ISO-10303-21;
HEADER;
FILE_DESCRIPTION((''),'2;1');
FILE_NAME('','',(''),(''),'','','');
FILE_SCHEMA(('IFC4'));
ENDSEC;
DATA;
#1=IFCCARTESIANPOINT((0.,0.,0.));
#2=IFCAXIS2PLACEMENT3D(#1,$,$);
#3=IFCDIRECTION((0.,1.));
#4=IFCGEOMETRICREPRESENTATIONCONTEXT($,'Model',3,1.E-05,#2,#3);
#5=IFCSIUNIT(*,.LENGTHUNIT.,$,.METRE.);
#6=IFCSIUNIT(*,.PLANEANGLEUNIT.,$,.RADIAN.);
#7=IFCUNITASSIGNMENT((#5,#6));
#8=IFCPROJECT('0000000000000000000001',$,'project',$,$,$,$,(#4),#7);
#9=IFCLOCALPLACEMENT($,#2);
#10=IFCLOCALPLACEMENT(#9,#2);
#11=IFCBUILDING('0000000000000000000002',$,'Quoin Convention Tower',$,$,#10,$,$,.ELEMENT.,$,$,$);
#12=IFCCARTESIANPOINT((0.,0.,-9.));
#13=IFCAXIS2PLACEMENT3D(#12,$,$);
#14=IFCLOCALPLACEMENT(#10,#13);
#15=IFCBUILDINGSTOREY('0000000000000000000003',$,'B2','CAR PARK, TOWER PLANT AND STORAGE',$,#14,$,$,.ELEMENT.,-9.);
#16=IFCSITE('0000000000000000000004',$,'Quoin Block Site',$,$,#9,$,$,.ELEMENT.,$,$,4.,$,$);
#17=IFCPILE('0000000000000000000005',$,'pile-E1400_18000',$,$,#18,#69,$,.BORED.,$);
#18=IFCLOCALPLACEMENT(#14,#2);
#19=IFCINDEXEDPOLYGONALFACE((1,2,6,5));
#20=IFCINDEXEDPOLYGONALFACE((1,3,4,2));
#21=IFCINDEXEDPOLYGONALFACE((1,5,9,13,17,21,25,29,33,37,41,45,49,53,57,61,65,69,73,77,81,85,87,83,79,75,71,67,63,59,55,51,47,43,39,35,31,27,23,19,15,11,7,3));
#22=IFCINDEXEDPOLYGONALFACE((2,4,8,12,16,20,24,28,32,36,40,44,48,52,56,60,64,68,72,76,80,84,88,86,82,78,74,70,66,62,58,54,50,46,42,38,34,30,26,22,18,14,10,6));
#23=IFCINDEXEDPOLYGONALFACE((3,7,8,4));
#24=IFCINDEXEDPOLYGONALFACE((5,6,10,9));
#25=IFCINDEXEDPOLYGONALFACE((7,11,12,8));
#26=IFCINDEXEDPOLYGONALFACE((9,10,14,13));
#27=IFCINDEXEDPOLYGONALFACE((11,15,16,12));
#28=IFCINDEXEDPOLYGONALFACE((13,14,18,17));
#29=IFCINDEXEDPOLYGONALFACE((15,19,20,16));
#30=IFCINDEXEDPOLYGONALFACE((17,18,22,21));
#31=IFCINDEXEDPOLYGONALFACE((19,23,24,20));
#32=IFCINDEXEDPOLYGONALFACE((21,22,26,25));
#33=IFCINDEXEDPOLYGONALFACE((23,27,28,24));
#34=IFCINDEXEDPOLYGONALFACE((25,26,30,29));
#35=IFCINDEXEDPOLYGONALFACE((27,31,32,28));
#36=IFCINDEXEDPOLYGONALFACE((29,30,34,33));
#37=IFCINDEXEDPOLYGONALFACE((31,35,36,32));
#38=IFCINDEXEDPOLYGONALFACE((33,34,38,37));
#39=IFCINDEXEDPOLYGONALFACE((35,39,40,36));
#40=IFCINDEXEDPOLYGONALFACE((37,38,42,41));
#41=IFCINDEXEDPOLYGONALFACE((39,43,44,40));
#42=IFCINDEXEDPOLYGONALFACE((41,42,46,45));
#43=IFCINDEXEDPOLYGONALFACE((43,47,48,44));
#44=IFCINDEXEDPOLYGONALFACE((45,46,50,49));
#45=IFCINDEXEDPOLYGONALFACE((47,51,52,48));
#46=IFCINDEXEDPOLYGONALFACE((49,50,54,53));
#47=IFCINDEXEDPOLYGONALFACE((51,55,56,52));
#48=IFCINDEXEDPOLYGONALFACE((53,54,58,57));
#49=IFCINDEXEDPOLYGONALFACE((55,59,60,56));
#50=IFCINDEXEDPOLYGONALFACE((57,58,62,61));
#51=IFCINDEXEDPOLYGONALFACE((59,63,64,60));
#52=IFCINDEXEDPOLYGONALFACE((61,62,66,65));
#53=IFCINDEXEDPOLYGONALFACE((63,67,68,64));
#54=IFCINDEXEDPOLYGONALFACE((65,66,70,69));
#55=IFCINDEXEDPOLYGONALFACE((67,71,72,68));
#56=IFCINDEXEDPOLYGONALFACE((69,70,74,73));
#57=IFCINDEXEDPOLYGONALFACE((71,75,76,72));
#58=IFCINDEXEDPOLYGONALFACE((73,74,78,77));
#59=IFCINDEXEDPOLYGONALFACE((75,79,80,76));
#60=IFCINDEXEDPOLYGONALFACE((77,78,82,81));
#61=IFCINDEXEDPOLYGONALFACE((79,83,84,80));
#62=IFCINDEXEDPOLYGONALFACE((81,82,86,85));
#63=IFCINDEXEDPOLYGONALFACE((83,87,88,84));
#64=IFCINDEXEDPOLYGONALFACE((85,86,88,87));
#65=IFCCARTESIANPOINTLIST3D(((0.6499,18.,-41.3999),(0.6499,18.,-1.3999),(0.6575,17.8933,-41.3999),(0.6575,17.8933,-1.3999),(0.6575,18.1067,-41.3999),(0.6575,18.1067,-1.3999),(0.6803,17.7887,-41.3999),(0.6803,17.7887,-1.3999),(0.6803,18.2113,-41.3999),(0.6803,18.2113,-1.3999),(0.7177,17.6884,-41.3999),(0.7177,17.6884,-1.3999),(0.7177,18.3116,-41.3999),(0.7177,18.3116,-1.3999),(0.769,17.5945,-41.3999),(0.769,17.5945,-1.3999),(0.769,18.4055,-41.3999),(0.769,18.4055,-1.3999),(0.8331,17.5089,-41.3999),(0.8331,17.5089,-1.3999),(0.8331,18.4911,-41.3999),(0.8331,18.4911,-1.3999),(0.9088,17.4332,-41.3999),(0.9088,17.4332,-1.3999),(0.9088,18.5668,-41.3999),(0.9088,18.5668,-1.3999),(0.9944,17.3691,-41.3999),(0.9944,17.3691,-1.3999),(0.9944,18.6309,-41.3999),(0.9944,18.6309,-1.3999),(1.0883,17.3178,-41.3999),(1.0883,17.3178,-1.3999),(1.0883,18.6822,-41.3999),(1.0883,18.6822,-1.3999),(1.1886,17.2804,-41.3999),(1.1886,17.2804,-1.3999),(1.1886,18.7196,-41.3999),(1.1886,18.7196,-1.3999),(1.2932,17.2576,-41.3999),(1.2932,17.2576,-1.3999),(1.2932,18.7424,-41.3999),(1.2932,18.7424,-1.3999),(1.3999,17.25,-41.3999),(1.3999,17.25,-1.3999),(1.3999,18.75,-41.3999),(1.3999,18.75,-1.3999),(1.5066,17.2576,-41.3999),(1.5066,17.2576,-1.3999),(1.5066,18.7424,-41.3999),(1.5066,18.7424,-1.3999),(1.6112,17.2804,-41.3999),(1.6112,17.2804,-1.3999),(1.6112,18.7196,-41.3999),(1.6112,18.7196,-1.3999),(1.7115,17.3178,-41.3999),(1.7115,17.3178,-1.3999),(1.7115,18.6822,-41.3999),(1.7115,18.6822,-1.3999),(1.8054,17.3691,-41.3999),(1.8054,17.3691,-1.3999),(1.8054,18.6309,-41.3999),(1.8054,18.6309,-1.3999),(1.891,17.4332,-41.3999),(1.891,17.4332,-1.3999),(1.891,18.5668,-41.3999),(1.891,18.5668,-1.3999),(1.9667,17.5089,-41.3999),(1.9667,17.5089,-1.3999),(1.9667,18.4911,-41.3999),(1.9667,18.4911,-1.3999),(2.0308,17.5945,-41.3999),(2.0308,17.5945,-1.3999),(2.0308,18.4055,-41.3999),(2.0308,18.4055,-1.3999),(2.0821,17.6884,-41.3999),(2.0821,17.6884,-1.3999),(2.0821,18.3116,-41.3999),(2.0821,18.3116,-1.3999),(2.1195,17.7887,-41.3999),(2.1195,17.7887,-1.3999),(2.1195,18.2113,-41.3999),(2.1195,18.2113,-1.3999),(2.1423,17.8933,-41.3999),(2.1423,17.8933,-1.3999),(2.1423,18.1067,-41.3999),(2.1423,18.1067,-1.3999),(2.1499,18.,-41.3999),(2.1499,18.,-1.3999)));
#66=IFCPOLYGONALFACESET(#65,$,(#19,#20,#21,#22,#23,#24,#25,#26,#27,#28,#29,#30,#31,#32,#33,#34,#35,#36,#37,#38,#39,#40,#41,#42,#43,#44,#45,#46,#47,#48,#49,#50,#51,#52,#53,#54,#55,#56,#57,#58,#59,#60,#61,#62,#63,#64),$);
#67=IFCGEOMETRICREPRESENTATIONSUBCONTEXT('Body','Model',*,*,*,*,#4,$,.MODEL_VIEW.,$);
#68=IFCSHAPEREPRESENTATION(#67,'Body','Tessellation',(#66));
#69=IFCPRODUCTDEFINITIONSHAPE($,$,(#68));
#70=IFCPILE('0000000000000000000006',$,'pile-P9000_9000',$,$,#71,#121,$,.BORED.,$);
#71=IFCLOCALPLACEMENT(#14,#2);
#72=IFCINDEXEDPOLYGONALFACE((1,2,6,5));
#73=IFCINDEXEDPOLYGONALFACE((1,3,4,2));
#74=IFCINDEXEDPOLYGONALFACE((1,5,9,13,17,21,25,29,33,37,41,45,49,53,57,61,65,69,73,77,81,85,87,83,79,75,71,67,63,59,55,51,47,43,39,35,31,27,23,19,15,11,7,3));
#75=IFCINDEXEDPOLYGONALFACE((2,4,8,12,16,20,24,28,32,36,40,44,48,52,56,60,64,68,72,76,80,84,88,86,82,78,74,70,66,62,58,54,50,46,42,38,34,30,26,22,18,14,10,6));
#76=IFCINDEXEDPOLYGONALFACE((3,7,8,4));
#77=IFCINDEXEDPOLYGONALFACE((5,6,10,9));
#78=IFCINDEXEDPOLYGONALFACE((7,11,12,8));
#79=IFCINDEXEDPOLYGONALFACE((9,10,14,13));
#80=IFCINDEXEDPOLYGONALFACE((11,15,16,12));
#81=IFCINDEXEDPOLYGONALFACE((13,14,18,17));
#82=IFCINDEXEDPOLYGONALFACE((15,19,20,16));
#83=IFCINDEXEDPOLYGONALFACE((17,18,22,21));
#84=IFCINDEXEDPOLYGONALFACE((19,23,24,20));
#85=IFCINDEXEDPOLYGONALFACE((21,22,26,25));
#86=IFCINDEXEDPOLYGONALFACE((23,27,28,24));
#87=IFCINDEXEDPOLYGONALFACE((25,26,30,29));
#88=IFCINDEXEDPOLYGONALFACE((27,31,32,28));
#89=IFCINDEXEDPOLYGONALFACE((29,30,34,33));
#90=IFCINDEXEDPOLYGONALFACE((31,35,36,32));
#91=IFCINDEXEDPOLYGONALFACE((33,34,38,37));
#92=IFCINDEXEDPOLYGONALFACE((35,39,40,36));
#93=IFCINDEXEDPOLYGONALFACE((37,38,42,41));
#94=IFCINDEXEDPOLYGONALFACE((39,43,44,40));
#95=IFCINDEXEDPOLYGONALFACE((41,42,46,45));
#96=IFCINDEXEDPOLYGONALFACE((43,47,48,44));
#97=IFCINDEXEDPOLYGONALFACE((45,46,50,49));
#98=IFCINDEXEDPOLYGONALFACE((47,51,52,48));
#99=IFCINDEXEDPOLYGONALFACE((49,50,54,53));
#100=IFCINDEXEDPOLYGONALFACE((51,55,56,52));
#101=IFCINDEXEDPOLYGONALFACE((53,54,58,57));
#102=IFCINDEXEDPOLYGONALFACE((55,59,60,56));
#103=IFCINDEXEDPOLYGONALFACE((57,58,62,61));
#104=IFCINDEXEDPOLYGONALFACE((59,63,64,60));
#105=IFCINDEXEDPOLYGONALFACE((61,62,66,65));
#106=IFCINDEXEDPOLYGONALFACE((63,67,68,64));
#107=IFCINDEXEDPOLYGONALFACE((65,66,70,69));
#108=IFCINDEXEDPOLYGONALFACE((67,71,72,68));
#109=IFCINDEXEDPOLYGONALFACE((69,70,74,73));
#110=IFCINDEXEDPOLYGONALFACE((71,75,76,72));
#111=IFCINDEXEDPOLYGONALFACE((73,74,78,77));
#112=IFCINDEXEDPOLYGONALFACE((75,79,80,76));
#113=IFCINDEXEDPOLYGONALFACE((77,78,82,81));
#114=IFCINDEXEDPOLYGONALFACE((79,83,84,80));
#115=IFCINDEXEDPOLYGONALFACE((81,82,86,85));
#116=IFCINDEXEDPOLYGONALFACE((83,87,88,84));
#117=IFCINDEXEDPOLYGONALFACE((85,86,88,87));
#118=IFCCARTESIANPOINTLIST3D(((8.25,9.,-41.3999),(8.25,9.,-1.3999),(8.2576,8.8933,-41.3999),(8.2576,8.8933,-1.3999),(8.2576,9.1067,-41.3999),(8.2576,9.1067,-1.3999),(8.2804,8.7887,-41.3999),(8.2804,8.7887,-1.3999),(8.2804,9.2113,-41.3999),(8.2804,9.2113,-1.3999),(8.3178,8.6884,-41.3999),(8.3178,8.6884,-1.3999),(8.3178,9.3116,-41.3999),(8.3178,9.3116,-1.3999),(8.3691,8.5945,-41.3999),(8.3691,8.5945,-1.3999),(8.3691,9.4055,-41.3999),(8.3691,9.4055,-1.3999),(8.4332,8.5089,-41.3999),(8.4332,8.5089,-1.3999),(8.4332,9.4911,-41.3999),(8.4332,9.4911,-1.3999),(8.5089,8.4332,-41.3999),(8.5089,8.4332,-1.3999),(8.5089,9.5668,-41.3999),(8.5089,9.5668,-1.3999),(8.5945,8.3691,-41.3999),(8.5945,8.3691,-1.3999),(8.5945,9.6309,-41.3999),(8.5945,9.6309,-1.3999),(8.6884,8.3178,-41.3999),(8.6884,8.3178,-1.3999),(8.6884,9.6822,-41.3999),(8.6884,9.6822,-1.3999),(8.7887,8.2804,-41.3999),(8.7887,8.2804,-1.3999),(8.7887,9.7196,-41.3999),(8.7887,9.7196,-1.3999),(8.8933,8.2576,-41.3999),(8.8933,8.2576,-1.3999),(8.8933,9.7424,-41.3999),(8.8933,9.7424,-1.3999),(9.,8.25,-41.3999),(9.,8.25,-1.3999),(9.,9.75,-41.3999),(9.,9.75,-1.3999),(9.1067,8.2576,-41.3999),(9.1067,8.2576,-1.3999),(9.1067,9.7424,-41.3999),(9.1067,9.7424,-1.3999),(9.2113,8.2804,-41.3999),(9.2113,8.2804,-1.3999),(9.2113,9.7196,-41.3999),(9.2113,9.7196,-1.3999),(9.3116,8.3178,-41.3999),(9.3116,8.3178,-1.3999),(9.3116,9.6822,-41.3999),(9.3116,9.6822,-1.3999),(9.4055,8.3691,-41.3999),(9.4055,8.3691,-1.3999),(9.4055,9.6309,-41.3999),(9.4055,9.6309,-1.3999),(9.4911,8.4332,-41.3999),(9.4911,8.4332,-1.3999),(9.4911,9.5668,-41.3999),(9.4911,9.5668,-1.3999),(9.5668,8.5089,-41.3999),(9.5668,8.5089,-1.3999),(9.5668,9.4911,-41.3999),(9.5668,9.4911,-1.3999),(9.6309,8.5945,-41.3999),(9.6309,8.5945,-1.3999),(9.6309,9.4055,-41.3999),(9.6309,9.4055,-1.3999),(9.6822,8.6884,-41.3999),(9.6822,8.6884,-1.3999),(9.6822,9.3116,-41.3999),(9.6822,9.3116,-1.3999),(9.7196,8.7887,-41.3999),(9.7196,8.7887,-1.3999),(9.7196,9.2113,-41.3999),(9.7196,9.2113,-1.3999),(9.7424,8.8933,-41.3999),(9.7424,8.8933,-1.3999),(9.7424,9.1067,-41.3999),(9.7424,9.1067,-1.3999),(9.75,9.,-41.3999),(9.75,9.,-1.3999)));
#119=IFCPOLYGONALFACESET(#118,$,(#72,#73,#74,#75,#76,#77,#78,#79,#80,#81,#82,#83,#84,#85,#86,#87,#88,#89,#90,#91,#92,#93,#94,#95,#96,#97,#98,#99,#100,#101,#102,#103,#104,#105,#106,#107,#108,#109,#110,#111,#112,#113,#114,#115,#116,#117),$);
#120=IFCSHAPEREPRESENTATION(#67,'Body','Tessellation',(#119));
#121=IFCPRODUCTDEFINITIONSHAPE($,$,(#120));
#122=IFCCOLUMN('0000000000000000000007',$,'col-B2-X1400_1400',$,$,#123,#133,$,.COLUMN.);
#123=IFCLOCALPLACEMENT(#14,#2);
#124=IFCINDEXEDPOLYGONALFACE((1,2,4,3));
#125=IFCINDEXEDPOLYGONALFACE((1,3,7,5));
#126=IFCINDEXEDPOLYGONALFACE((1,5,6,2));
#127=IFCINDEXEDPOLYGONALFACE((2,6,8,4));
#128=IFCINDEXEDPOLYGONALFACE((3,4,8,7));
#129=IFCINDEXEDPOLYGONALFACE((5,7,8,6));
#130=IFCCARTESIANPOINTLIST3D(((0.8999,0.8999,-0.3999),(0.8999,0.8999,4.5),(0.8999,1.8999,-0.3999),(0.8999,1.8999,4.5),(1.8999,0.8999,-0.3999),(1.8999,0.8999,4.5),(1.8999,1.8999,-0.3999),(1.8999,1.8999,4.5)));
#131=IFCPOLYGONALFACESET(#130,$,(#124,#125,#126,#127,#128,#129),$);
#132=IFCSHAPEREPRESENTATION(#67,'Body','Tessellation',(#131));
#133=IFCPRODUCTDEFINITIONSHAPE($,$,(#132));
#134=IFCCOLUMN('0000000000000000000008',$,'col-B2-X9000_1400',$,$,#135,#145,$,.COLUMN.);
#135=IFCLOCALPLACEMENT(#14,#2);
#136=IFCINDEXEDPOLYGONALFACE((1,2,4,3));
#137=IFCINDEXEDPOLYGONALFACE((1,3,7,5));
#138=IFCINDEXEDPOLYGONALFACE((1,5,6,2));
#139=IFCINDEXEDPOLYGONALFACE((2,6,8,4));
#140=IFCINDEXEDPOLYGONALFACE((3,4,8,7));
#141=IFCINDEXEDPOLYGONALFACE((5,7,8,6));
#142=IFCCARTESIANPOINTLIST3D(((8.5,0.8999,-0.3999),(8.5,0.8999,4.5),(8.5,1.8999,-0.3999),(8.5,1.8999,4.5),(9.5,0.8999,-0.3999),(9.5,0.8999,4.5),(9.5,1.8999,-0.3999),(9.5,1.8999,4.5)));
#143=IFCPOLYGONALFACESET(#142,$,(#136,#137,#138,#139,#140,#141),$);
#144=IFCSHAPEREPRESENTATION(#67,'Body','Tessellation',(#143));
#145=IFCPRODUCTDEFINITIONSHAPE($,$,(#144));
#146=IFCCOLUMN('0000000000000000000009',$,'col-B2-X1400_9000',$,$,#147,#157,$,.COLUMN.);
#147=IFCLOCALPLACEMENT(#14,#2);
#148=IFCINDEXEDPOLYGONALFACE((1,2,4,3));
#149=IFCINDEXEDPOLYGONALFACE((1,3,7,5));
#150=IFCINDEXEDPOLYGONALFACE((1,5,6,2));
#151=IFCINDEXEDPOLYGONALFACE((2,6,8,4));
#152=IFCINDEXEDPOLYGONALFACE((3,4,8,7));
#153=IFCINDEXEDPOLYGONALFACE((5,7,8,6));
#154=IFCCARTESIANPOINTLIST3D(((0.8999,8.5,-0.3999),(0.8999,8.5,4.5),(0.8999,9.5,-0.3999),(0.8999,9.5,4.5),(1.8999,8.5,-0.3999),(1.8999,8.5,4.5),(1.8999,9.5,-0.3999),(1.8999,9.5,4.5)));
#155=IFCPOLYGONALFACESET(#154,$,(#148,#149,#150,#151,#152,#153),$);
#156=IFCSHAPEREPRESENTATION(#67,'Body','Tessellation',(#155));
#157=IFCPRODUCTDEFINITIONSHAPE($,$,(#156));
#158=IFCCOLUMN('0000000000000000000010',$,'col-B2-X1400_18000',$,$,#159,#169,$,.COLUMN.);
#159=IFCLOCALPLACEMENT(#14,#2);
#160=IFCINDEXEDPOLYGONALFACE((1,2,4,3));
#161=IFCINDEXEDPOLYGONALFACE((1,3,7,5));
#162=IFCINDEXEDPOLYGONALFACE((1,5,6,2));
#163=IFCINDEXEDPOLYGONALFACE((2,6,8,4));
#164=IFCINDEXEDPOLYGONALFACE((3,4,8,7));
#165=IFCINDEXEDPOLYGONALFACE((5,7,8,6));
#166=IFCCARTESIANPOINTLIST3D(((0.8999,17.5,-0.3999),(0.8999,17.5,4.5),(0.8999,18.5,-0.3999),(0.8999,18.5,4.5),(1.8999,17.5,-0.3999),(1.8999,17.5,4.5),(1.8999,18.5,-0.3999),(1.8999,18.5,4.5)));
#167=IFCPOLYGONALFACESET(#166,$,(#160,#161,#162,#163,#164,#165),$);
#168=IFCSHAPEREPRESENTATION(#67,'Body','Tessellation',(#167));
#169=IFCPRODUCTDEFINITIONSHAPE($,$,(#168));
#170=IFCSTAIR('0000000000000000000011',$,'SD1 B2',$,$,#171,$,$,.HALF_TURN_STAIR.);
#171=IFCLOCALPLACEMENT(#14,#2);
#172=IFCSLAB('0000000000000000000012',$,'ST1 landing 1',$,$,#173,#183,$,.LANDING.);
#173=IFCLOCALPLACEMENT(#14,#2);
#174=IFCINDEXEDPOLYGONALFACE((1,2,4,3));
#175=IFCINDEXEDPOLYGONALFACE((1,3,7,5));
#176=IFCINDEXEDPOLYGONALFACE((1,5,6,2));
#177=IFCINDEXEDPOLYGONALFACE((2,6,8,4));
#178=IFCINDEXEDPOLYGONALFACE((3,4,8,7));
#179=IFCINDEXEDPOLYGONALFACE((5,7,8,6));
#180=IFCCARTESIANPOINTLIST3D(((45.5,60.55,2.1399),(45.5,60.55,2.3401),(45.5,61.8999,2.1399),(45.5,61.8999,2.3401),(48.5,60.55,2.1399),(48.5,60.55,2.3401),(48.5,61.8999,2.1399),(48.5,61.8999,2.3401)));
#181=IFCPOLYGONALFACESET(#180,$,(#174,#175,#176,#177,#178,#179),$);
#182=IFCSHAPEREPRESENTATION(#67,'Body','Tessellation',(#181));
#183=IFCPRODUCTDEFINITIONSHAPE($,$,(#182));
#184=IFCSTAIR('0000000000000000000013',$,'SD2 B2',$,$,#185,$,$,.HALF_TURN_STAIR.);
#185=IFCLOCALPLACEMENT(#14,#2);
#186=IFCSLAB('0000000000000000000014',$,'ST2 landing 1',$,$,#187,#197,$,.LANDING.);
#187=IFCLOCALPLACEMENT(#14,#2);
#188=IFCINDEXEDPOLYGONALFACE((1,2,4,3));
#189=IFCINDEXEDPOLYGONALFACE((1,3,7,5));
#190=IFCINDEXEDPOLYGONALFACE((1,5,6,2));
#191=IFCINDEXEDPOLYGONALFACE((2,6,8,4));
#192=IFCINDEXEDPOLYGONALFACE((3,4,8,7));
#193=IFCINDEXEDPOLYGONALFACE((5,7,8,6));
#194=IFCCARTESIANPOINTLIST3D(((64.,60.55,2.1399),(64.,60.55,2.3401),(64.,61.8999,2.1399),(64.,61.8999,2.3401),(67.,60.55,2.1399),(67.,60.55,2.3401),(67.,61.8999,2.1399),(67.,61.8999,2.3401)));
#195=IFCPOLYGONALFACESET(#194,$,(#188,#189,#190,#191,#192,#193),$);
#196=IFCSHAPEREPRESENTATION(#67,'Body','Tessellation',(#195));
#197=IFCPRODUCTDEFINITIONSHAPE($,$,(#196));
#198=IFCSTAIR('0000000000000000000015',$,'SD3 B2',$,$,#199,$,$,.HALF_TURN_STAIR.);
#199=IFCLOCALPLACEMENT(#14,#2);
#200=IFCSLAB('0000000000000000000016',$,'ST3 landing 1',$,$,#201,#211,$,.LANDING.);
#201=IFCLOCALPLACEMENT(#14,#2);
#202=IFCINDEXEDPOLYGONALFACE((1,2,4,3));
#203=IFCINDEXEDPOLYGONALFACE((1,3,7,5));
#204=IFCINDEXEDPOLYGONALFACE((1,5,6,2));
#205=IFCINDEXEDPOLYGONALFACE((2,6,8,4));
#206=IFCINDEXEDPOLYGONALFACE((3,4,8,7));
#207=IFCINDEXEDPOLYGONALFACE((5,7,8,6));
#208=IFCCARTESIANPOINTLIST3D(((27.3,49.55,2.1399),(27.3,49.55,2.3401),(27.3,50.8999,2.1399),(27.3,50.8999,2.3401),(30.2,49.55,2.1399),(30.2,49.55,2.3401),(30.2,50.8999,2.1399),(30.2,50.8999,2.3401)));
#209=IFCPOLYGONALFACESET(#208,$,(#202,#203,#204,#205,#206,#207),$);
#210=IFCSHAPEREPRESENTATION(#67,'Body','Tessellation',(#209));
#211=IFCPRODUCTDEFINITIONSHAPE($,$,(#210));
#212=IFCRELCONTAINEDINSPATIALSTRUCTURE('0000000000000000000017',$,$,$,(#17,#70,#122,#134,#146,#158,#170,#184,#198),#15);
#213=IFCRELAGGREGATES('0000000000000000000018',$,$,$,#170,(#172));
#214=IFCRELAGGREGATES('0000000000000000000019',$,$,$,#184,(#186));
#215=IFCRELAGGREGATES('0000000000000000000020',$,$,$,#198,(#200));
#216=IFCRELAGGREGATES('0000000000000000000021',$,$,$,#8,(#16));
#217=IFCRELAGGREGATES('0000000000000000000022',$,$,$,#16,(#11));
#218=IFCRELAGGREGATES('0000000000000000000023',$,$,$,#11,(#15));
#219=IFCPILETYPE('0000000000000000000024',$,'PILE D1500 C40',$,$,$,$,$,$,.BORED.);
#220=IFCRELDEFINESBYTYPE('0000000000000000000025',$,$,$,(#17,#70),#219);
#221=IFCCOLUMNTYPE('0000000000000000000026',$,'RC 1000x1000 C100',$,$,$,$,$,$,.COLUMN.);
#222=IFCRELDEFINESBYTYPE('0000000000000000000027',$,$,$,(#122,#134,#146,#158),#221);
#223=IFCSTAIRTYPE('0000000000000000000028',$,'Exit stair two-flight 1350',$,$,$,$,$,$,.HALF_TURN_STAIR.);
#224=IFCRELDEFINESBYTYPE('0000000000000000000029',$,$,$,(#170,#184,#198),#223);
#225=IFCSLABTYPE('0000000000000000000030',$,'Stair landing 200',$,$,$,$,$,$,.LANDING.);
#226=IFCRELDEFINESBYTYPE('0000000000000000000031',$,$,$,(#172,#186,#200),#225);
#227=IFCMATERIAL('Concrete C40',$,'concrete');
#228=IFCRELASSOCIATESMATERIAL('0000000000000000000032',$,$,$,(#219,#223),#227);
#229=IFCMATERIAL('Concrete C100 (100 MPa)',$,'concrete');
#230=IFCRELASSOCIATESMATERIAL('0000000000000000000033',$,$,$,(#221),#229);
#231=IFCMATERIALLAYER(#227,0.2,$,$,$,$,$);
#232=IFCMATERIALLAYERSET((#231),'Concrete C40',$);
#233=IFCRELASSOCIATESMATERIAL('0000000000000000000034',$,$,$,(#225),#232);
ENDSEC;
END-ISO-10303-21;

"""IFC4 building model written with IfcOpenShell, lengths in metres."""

from ifc_helpers import new_model, si_unit, direction, frame, origin, origin_2d, place, context, subcontext, project, spatial, polyline, rectangle, circle, outline, extrude, material, layer, layer_set, material_profile, profile_set, type_object, element, aggregate, save


model = new_model("IFC4")

# Units and contexts
model_context = context("Model", 3, precision=1e-05, world=origin(), true_north=direction((0.0, 1.0)))
body_context = subcontext(model_context, "Body", "Model", "MODEL_VIEW")
ifc_project = project(units=[si_unit("LENGTHUNIT", "METRE"), si_unit("PLANEANGLEUNIT", "RADIAN")], contexts=[model_context])

# Site, building, storey
site_placement = place(None, origin())
site = spatial("IfcSite", under=ifc_project, at=site_placement, Name="Quoin Block Site", CompositionType="ELEMENT", RefElevation=4.0)
building_placement = place(site_placement, origin())
building = spatial("IfcBuilding", under=site, at=building_placement, Name="Quoin Convention Tower", CompositionType="ELEMENT")
storey_placement = place(building_placement, frame((0.0, 0.0, -9.0)))
storey = spatial("IfcBuildingStorey", under=building, at=storey_placement, Name="B2", Description="CAR PARK, TOWER PLANT AND STORAGE", CompositionType="ELEMENT", Elevation=-9.0)

# Piles
ifc_material_1 = material(Name="Concrete C40", Category="concrete")
ifc_material_profile_1 = material_profile(ifc_material_1, circle(Radius=0.75, at=origin_2d()), Name="D1500")
ifc_profile_set_1 = profile_set([ifc_material_profile_1], Name="Concrete C40")
pile_type = type_object("IfcPileType", Name="PILE D1500 C40", PredefinedType="BORED", material=ifc_profile_set_1)
for number, where, z_axis, x_axis, name in (
    (1, (1.3999, 18.0, -1.3999), (0.0, 0.0, -1.0), (1.0, 0.0, 0.0), "pile-E1400_18000"),
    (2, (9.0, 9.0, -1.3999), (0.0, 0.0, -1.0), (1.0, 0.0, 0.0), "pile-P9000_9000"),
):
    element("IfcPile", number, at=place(storey_placement, frame(where, z_axis=z_axis, x_axis=x_axis)), inside=storey, type_object=pile_type, Name=name, PredefinedType="BORED", context=body_context, shape_type="SweptSolid", body=[
        extrude(circle(Radius=0.75, at=origin_2d()), origin(), (0.0, 0.0, 1.0), 40.0),
    ])

# Columns
ifc_material_2 = material(Name="Concrete C100 (100 MPa)", Category="concrete")
ifc_material_profile_2 = material_profile(ifc_material_2, rectangle(XDim=1.0, YDim=1.0, at=origin_2d()), Name="RC 1000x1000")
ifc_profile_set_2 = profile_set([ifc_material_profile_2], Name="Concrete C100 (100 MPa)")
column_type = type_object("IfcColumnType", Name="RC 1000x1000 C100", PredefinedType="COLUMN", material=ifc_profile_set_2)
for number, where, z_axis, x_axis, name in (
    (3, (1.3999, 1.3999, -0.3999), (0.0, 0.0, 1.0), (1.0, 0.0, 0.0), "col-B2-X1400_1400"),
    (4, (9.0, 1.3999, -0.3999), (0.0, 0.0, 1.0), (1.0, 0.0, 0.0), "col-B2-X9000_1400"),
    (5, (1.3999, 9.0, -0.3999), (0.0, 0.0, 1.0), (1.0, 0.0, 0.0), "col-B2-X1400_9000"),
    (6, (1.3999, 18.0, -0.3999), (0.0, 0.0, 1.0), (1.0, 0.0, 0.0), "col-B2-X1400_18000"),
):
    element("IfcColumn", number, at=place(storey_placement, frame(where, z_axis=z_axis, x_axis=x_axis)), inside=storey, type_object=column_type, Name=name, PredefinedType="COLUMN", context=body_context, shape_type="SweptSolid", body=[
        extrude(rectangle(XDim=1.0, YDim=1.0, at=origin_2d()), origin(), (0.0, 0.0, 1.0), 4.8999),
    ])

# Stairs, slabs
stair_type_1 = type_object("IfcStairType", Name="Exit stair two-flight 1350", PredefinedType="HALF_TURN_STAIR", material=ifc_material_1)
stair_1_placement = place(storey_placement, origin())
stair_1 = element("IfcStair", 7, at=stair_1_placement, inside=storey, type_object=stair_type_1, Name="SD1 B2", PredefinedType="HALF_TURN_STAIR")
ifc_layer_1 = layer(ifc_material_1, 0.2)
ifc_layer_set_1 = layer_set([ifc_layer_1], Name="Concrete C40")
slab_type = type_object("IfcSlabType", Name="Stair landing 200", PredefinedType="LANDING", material=ifc_layer_set_1)
slab_1_placement = place(storey_placement, frame((0.0, 0.0, 2.1399)))
slab_1 = element("IfcSlab", 8, at=slab_1_placement, type_object=slab_type, Name="ST1 landing 1", PredefinedType="LANDING", context=body_context, shape_type="SweptSolid", body=[
    extrude(outline(polyline([(45.5, 60.55), (48.5, 60.55), (48.5, 61.8999), (45.5, 61.8999), (45.5, 60.55)])), origin(), (0.0, 0.0, 1.0), 0.2002),
])
aggregate(stair_1, [slab_1])
stair_2_placement = place(storey_placement, origin())
stair_2 = element("IfcStair", 9, at=stair_2_placement, inside=storey, type_object=stair_type_1, Name="SD2 B2", PredefinedType="HALF_TURN_STAIR")
slab_2_placement = place(storey_placement, frame((0.0, 0.0, 2.1399)))
slab_2 = element("IfcSlab", 10, at=slab_2_placement, type_object=slab_type, Name="ST2 landing 1", PredefinedType="LANDING", context=body_context, shape_type="SweptSolid", body=[
    extrude(outline(polyline([(64.0, 60.55), (67.0, 60.55), (67.0, 61.8999), (64.0, 61.8999), (64.0, 60.55)])), origin(), (0.0, 0.0, 1.0), 0.2002),
])
aggregate(stair_2, [slab_2])
stair_3_placement = place(storey_placement, origin())
stair_3 = element("IfcStair", 11, at=stair_3_placement, inside=storey, type_object=stair_type_1, Name="SD3 B2", PredefinedType="HALF_TURN_STAIR")
slab_3_placement = place(storey_placement, frame((0.0, 0.0, 2.1399)))
slab_3 = element("IfcSlab", 12, at=slab_3_placement, type_object=slab_type, Name="ST3 landing 1", PredefinedType="LANDING", context=body_context, shape_type="SweptSolid", body=[
    extrude(outline(polyline([(27.3, 49.55), (30.2, 49.55), (30.2, 50.8999), (27.3, 50.8999), (27.3, 49.55)])), origin(), (0.0, 0.0, 1.0), 0.2002),
])
aggregate(stair_3, [slab_3])

save(model, "model.ifc")
